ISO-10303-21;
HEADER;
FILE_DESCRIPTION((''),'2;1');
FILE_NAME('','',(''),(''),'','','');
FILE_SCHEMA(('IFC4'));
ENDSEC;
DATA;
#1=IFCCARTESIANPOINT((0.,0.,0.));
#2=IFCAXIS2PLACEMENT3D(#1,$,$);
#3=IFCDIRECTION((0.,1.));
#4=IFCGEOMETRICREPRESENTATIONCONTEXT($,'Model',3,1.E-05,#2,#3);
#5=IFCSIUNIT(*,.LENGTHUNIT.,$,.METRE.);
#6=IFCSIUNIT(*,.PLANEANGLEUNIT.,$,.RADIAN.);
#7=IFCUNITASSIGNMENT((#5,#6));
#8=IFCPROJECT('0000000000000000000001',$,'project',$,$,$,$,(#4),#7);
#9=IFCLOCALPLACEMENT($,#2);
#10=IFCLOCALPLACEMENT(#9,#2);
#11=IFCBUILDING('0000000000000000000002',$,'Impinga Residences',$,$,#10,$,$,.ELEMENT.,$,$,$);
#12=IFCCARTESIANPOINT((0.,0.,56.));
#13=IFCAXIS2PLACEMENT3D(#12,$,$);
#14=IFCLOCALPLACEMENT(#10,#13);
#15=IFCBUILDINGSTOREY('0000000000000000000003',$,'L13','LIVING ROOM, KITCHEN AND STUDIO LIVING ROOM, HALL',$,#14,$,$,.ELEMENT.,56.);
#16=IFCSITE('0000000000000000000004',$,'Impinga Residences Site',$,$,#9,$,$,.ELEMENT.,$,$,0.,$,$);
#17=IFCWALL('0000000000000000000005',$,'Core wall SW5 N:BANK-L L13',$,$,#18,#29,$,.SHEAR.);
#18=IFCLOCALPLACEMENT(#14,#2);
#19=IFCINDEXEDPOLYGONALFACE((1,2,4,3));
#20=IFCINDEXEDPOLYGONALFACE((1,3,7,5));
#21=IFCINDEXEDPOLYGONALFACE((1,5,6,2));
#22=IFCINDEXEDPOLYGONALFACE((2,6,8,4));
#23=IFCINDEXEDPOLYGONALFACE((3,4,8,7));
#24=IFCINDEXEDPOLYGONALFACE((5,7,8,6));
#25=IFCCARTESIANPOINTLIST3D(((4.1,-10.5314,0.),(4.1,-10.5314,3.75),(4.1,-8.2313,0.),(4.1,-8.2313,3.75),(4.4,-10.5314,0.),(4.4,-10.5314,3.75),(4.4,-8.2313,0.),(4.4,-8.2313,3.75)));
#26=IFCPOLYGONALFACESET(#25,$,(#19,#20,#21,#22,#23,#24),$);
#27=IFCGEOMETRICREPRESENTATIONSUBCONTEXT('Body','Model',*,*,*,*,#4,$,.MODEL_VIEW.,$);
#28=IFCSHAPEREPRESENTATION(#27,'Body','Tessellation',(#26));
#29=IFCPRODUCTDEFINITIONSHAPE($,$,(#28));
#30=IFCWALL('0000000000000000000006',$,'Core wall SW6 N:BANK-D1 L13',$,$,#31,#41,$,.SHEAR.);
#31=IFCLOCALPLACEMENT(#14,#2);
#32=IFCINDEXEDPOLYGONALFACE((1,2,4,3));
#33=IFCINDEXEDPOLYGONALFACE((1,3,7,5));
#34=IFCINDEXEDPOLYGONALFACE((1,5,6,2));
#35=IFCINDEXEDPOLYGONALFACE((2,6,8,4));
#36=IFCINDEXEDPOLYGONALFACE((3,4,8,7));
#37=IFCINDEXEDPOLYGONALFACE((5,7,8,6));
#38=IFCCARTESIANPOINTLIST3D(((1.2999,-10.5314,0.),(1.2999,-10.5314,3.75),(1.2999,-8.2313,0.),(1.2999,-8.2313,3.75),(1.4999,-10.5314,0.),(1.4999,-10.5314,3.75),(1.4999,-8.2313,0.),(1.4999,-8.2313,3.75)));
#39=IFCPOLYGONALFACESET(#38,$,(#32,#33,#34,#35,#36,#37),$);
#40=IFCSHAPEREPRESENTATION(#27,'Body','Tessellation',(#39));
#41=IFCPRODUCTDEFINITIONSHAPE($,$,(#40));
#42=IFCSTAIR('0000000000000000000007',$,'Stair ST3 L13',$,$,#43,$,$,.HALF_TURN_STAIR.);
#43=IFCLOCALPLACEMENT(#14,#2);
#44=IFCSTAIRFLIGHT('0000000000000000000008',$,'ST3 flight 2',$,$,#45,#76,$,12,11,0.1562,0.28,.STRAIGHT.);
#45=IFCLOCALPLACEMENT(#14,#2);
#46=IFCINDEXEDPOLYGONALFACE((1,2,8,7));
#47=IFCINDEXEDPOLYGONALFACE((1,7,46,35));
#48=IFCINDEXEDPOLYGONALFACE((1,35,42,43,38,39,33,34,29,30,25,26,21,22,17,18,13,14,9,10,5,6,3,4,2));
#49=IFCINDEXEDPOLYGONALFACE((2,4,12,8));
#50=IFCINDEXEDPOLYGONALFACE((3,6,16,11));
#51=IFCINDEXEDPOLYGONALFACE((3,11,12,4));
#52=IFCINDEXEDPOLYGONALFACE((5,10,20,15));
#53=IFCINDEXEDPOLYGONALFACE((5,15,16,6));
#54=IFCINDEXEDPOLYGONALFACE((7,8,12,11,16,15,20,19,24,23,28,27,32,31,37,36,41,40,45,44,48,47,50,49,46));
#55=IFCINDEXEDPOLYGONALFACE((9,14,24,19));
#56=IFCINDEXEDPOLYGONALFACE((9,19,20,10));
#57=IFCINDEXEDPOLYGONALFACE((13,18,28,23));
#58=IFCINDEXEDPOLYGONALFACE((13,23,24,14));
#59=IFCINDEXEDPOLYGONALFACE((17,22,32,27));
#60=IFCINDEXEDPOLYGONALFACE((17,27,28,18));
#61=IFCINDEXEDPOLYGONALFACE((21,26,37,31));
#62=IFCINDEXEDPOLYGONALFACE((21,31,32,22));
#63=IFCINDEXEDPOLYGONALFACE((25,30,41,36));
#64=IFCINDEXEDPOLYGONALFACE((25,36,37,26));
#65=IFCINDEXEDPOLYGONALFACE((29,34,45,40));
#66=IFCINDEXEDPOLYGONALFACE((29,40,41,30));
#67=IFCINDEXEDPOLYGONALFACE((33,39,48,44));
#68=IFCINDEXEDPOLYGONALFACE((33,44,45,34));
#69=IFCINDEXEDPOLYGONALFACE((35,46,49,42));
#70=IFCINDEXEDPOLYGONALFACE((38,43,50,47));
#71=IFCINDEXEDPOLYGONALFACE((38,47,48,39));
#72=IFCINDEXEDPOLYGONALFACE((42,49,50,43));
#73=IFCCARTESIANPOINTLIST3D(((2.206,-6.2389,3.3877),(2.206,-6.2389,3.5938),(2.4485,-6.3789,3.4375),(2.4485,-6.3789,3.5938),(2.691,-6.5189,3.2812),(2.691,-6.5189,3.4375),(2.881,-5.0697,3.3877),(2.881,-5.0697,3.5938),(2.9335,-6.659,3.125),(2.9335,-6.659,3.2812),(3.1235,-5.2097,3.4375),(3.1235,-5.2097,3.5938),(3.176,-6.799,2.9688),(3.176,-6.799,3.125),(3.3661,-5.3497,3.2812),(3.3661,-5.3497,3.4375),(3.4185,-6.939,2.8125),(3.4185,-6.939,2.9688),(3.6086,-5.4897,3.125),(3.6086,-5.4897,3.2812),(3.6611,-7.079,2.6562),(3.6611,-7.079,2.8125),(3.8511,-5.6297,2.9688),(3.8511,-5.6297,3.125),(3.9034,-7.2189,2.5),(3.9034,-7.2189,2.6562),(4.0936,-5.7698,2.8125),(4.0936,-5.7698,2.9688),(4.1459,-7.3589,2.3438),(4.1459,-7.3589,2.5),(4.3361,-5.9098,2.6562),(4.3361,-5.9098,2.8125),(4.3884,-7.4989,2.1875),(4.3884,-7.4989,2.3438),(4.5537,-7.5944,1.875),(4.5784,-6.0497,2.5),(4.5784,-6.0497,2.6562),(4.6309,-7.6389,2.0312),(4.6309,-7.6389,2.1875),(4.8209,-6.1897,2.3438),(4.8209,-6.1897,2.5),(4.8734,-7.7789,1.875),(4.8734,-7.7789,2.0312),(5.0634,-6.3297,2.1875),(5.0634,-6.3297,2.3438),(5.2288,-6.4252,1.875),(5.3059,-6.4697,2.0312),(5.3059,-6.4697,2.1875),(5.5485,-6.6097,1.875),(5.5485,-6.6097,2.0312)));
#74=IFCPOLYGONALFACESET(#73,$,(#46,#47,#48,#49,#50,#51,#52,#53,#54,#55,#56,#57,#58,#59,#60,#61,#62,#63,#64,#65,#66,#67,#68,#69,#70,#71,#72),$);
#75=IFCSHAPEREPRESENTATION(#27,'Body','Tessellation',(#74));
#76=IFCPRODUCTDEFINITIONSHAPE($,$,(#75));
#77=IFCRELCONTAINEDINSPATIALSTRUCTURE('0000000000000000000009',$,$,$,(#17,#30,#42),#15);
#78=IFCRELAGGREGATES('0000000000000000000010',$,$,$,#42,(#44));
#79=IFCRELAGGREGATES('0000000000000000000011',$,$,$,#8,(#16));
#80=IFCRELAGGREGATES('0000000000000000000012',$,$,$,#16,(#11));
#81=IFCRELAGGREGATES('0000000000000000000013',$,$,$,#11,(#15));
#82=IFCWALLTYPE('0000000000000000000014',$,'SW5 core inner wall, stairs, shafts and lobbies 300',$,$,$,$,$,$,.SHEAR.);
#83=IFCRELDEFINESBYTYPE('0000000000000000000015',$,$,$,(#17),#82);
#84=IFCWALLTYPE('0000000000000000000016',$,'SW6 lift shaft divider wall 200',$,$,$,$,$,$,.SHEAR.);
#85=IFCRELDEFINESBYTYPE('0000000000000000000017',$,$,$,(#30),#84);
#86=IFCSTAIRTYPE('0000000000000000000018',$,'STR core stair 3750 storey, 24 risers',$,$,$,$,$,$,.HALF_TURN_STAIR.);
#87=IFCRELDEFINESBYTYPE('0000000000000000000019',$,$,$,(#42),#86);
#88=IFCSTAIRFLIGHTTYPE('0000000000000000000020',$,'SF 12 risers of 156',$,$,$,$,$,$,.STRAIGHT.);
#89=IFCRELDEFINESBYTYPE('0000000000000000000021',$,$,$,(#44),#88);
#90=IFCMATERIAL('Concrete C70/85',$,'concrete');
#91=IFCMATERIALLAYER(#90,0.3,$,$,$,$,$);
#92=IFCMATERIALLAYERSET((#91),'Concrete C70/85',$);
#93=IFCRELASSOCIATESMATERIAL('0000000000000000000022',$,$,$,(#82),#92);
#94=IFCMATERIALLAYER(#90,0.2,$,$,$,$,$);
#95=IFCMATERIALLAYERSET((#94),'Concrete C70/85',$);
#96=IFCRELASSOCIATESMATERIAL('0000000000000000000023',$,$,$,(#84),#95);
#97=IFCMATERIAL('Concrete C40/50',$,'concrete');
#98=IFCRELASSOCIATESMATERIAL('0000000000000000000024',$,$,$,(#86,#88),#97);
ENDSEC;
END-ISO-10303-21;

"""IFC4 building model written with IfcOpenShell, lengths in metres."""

from ifc_helpers import new_model, si_unit, direction, frame, frame_2d, origin, place, context, subcontext, project, spatial, polyline, rectangle, outline, extrude, material, layer, layer_set, type_object, element, aggregate, save


model = new_model("IFC4")

# Units and contexts
model_context = context("Model", 3, precision=1e-05, world=origin(), true_north=direction((0.0, 1.0)))
body_context = subcontext(model_context, "Body", "Model", "MODEL_VIEW")
ifc_project = project(units=[si_unit("LENGTHUNIT", "METRE"), si_unit("PLANEANGLEUNIT", "RADIAN")], contexts=[model_context])

# Site, building, storey
site_placement = place(None, origin())
site = spatial("IfcSite", under=ifc_project, at=site_placement, Name="Impinga Residences Site", CompositionType="ELEMENT", RefElevation=0.0)
building_placement = place(site_placement, origin())
building = spatial("IfcBuilding", under=site, at=building_placement, Name="Impinga Residences", CompositionType="ELEMENT")
storey_placement = place(building_placement, frame((0.0, 0.0, 56.0)))
storey = spatial("IfcBuildingStorey", under=building, at=storey_placement, Name="L13", Description="LIVING ROOM, KITCHEN AND STUDIO LIVING ROOM, HALL", CompositionType="ELEMENT", Elevation=56.0)

# Shared definitions
ifc_material_1 = material(Name="Concrete C70/85", Category="concrete")

# Shared definitions
ifc_layer_1 = layer(ifc_material_1, 0.3)
ifc_layer_set_1 = layer_set([ifc_layer_1], Name="Concrete C70/85")
wall_type_1 = type_object("IfcWallType", Name="SW5 core inner wall, stairs, shafts and lobbies 300", PredefinedType="SHEAR", material=ifc_layer_set_1)

# Walls
wall_1_placement = place(storey_placement, frame((4.25, -8.2314, 0.0), z_axis=(0.0, 0.0, 1.0), x_axis=(0.0, -1.0, 0.0)))
element("IfcWall", 1, at=wall_1_placement, inside=storey, type_object=wall_type_1, Name="Core wall SW5 N:BANK-L L13", PredefinedType="SHEAR", context=body_context, shape_type="SweptSolid", body=[
    extrude(rectangle(XDim=2.3, YDim=0.3, at=frame_2d((1.1499, 0.0))), origin(), (0.0, 0.0, 1.0), 3.75),
])
ifc_layer_2 = layer(ifc_material_1, 0.2)
ifc_layer_set_2 = layer_set([ifc_layer_2], Name="Concrete C70/85")
wall_type_2 = type_object("IfcWallType", Name="SW6 lift shaft divider wall 200", PredefinedType="SHEAR", material=ifc_layer_set_2)
wall_2_placement = place(storey_placement, frame((1.3999, -8.2314, 0.0), z_axis=(0.0, 0.0, 1.0), x_axis=(0.0, -1.0, 0.0)))
element("IfcWall", 2, at=wall_2_placement, inside=storey, type_object=wall_type_2, Name="Core wall SW6 N:BANK-D1 L13", PredefinedType="SHEAR", context=body_context, shape_type="SweptSolid", body=[
    extrude(rectangle(XDim=2.3, YDim=0.2, at=frame_2d((1.1499, 0.0))), origin(), (0.0, 0.0, 1.0), 3.75),
])

# Stair, stair flight
ifc_material_2 = material(Name="Concrete C40/50", Category="concrete")
stair_type = type_object("IfcStairType", Name="STR core stair 3750 storey, 24 risers", PredefinedType="HALF_TURN_STAIR", material=ifc_material_2)
stair_placement = place(storey_placement, origin())
stair = element("IfcStair", 3, at=stair_placement, inside=storey, type_object=stair_type, Name="Stair ST3 L13", PredefinedType="HALF_TURN_STAIR")
stair_flight_type = type_object("IfcStairFlightType", Name="SF 12 risers of 156", PredefinedType="STRAIGHT", material=ifc_material_2)
stair_flight_placement = place(storey_placement, frame((5.2109, -7.1943, 1.875), z_axis=(0.0, 0.0, 1.0), x_axis=(-0.866025, 0.5, 0.0)))
stair_flight = element("IfcStairFlight", 4, at=stair_flight_placement, type_object=stair_flight_type, Name="ST3 flight 2", NumberOfRisers=12, NumberOfTreads=11, PredefinedType="STRAIGHT", RiserHeight=0.1562, TreadLength=0.28, context=body_context, shape_type="SweptSolid", body=[
    extrude(outline(polyline([(0.0, 0.0), (0.0, 0.1562), (0.28, 0.1562), (0.28, 0.3125), (0.5601, 0.3125), (0.5601, 0.4688), (0.8401, 0.4688), (0.8401, 0.625), (1.1201, 0.625), (1.1201, 0.7812), (1.3999, 0.7812), (1.3999, 0.9375), (1.6799, 0.9375), (1.6799, 1.0938), (1.96, 1.0938), (1.96, 1.25), (2.24, 1.25), (2.24, 1.4062), (2.52, 1.4062), (2.52, 1.5625), (2.8, 1.5625), (2.8, 1.7188), (3.0801, 1.7188), (3.0801, 1.875), (3.0801, 1.5127), (0.3691, 0.0), (0.0, 0.0)])), frame((0.0, 0.675, 0.0), z_axis=(0.0, -1.0, 0.0), x_axis=(1.0, 0.0, 0.0)), (0.0, 0.0, 1.0), 1.3501),
])
aggregate(stair, [stair_flight])

save(model, "model.ifc")
